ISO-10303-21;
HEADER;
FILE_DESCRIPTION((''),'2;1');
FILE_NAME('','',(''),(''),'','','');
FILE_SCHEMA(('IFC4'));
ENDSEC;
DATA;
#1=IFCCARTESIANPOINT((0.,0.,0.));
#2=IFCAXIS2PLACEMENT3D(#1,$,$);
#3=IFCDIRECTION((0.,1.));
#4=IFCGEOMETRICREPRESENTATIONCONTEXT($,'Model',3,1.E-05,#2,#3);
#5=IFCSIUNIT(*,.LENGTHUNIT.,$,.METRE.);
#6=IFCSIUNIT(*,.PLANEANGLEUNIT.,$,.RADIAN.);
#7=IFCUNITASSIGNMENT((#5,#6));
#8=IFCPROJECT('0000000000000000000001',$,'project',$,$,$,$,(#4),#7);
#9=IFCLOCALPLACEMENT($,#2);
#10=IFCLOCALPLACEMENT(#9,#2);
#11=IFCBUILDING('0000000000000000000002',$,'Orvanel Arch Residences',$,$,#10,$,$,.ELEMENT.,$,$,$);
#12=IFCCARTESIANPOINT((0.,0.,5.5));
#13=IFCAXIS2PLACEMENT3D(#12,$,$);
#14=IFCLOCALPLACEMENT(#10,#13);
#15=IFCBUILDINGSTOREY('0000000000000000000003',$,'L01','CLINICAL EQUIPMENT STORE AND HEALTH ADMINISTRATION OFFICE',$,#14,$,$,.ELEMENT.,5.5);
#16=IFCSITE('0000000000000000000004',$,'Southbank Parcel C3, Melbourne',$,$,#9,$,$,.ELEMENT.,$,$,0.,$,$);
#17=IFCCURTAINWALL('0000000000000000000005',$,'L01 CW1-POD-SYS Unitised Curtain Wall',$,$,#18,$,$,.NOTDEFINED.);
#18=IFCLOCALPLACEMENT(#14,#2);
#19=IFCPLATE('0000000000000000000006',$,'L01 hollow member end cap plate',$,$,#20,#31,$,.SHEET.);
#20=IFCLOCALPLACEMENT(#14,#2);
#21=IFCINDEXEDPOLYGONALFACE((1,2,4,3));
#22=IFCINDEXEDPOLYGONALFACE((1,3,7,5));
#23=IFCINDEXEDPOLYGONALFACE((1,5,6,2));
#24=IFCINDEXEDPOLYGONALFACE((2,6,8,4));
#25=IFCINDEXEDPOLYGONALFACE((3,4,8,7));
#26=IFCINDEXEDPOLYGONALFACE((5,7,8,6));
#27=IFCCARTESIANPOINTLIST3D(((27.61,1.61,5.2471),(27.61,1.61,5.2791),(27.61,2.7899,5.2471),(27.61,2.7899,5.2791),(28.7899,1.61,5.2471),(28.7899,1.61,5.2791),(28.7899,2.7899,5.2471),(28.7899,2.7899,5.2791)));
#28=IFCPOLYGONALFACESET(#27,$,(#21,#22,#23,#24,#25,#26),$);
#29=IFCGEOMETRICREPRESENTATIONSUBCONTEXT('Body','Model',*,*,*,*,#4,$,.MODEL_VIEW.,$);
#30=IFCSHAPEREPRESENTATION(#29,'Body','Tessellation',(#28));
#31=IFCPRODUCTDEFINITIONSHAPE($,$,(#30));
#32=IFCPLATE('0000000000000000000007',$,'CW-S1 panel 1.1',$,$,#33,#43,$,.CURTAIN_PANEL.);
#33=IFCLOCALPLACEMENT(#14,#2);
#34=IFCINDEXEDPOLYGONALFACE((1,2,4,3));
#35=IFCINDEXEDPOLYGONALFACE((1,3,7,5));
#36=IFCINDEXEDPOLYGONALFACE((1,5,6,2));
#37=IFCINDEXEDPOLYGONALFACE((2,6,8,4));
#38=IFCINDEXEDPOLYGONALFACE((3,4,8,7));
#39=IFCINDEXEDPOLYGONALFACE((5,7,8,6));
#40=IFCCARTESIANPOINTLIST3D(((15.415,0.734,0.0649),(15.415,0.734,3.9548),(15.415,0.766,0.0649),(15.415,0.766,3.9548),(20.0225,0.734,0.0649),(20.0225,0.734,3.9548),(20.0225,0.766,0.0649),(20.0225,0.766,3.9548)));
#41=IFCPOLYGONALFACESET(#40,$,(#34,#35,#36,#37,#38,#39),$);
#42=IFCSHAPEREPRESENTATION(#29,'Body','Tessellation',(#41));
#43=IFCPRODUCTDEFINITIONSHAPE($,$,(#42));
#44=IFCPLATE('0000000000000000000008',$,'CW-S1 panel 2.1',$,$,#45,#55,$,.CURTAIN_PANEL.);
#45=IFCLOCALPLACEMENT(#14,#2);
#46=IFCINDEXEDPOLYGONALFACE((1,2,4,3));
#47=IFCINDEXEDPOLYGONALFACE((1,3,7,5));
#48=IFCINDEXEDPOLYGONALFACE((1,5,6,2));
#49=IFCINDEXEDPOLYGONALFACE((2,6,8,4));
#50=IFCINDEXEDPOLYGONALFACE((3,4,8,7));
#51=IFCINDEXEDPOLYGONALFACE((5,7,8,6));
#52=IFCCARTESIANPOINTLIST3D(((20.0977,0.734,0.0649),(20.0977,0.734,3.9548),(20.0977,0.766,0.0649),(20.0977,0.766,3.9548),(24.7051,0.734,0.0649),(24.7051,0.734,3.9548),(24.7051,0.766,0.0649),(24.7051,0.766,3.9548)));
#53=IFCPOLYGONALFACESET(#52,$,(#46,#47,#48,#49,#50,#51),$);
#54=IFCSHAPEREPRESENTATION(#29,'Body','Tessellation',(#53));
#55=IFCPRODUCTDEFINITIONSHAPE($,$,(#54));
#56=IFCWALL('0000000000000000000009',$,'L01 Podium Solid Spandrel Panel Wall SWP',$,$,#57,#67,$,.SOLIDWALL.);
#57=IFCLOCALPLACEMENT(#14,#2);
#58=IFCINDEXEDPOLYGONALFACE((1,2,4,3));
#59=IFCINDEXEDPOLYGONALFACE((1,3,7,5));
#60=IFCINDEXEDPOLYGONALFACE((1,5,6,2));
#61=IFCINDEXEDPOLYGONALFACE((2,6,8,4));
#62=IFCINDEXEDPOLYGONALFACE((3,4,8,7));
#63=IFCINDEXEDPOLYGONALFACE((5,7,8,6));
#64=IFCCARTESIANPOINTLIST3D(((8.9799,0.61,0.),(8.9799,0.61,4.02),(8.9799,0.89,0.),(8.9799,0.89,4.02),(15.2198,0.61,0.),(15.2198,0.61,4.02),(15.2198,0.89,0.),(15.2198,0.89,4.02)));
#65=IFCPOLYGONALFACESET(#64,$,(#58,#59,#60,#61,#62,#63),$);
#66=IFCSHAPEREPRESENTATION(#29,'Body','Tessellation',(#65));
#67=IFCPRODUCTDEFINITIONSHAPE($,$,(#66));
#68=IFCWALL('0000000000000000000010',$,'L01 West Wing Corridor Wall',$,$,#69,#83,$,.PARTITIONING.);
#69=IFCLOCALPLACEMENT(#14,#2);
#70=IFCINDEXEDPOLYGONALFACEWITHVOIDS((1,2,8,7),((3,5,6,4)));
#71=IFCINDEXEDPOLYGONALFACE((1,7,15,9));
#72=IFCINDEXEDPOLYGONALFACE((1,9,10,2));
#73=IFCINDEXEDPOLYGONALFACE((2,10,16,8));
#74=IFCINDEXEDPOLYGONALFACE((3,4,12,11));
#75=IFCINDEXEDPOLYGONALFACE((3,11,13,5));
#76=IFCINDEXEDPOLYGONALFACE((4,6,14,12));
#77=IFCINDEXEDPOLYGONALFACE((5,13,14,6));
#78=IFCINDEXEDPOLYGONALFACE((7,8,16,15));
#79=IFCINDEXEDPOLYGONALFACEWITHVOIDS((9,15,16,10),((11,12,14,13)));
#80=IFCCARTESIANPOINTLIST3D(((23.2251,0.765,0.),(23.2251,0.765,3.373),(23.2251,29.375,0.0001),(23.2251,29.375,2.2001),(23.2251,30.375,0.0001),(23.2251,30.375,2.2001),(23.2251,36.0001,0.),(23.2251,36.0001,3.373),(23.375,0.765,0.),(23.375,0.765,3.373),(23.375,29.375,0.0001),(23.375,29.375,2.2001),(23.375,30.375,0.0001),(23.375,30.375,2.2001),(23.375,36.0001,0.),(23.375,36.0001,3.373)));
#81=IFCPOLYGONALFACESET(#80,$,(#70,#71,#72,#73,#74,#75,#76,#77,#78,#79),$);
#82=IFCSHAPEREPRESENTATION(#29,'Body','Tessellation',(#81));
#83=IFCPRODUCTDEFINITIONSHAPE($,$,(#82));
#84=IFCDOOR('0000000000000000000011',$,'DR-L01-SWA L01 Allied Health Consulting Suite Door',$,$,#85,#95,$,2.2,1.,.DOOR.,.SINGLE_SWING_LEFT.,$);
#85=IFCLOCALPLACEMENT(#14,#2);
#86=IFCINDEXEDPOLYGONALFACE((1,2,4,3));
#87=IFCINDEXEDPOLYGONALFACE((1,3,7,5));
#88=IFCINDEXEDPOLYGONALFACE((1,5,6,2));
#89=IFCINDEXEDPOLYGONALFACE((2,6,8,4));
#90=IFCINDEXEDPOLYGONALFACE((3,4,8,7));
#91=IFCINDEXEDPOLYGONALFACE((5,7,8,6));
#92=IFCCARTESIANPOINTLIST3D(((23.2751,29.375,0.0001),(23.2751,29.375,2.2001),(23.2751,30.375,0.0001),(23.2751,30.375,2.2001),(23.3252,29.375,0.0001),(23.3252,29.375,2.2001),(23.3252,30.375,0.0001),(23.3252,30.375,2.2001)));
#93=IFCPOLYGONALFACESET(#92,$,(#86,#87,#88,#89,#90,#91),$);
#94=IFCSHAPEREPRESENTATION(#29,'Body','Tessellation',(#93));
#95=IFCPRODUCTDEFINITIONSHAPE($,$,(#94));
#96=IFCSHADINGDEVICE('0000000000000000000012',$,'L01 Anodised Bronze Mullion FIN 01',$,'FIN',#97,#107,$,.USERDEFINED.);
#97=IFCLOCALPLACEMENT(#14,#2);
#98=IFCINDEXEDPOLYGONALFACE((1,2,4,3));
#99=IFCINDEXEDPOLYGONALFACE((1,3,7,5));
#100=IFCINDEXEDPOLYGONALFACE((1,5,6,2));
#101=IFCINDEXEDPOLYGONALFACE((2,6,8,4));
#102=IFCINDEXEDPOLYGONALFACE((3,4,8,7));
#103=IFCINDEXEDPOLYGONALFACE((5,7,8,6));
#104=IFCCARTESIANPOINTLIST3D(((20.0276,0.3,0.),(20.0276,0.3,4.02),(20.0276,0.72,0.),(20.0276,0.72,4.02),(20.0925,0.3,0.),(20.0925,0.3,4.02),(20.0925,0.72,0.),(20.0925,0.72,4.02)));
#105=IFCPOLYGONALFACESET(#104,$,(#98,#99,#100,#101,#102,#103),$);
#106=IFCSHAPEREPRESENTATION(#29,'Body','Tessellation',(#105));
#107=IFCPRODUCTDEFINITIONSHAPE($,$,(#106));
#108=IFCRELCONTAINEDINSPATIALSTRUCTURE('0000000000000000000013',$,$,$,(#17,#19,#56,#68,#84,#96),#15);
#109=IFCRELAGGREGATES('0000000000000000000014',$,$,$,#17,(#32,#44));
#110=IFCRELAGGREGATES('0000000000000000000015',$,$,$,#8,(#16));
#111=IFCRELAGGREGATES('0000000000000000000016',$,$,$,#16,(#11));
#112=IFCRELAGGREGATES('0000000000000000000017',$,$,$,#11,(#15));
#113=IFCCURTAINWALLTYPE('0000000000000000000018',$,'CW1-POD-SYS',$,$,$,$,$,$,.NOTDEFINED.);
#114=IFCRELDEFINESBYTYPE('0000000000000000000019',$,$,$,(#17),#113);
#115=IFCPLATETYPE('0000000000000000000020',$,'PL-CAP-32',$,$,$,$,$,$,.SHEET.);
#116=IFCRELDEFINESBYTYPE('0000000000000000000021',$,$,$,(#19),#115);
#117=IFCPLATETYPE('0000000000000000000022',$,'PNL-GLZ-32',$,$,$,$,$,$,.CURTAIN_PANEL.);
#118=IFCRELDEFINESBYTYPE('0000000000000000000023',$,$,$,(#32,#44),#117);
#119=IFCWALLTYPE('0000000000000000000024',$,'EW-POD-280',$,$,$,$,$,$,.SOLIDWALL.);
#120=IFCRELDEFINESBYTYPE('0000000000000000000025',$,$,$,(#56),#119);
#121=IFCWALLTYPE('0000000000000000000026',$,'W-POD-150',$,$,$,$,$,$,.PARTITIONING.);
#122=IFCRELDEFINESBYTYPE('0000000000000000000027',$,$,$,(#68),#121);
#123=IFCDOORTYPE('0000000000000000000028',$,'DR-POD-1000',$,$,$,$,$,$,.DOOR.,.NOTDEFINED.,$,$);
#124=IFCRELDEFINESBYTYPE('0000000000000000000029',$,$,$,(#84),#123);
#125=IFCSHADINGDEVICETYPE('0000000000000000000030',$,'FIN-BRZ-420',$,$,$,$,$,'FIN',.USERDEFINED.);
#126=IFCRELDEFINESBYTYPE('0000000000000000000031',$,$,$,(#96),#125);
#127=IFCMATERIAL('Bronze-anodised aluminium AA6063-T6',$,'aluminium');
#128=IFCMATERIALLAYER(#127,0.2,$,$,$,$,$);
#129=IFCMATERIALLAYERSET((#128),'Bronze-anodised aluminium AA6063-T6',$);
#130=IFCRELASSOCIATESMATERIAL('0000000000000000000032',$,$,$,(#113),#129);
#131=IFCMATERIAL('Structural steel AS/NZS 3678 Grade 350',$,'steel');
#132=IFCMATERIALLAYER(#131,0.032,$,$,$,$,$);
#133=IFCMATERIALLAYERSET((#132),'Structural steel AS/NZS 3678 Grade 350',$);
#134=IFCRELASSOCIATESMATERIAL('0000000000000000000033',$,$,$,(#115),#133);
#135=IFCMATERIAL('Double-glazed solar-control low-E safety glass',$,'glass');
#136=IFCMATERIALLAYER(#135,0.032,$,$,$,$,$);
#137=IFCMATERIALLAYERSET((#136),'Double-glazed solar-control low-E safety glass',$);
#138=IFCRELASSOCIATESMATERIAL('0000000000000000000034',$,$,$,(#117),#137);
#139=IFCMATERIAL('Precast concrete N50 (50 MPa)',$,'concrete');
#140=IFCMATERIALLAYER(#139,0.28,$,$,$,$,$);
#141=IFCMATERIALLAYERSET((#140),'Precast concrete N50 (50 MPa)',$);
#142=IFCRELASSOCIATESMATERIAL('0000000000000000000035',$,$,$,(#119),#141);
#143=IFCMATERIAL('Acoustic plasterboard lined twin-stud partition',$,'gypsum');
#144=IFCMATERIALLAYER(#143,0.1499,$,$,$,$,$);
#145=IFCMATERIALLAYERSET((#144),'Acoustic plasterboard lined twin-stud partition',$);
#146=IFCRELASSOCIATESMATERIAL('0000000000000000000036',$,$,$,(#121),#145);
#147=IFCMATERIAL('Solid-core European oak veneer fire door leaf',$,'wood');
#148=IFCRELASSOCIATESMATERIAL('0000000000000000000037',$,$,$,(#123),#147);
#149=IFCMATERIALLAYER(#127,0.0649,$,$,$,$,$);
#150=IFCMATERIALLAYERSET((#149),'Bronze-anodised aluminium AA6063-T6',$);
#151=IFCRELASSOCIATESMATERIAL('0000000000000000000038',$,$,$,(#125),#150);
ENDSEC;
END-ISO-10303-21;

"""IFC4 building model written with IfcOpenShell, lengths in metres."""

from ifc_helpers import new_model, si_unit, direction, frame, frame_2d, origin, origin_2d, place, context, subcontext, project, spatial, rectangle, extrude, material, layer, layer_set, type_object, element, fill, aggregate, save


model = new_model("IFC4")

# Units and contexts
model_context = context("Model", 3, precision=1e-05, world=origin(), true_north=direction((0.0, 1.0)))
body_context = subcontext(model_context, "Body", "Model", "MODEL_VIEW")
ifc_project = project(units=[si_unit("LENGTHUNIT", "METRE"), si_unit("PLANEANGLEUNIT", "RADIAN")], contexts=[model_context])

# Site, building, storey
site_placement = place(None, origin())
site = spatial("IfcSite", under=ifc_project, at=site_placement, Name="Southbank Parcel C3, Melbourne", CompositionType="ELEMENT", RefElevation=0.0)
building_placement = place(site_placement, origin())
building = spatial("IfcBuilding", under=site, at=building_placement, Name="Orvanel Arch Residences", CompositionType="ELEMENT")
storey_placement = place(building_placement, frame((0.0, 0.0, 5.5)))
storey = spatial("IfcBuildingStorey", under=building, at=storey_placement, Name="L01", Description="CLINICAL EQUIPMENT STORE AND HEALTH ADMINISTRATION OFFICE", CompositionType="ELEMENT", Elevation=5.5)

# Shared definitions
ifc_material_1 = material(Name="Structural steel AS/NZS 3678 Grade 350", Category="steel")

# Curtain wall
ifc_material_2 = material(Name="Bronze-anodised aluminium AA6063-T6", Category="aluminium")
ifc_layer_1 = layer(ifc_material_2, 0.2)
ifc_layer_set_1 = layer_set([ifc_layer_1], Name="Bronze-anodised aluminium AA6063-T6")
curtain_wall_type = type_object("IfcCurtainWallType", Name="CW1-POD-SYS", PredefinedType="NOTDEFINED", material=ifc_layer_set_1)
curtain_wall_placement = place(storey_placement, origin())
curtain_wall = element("IfcCurtainWall", 1, at=curtain_wall_placement, inside=storey, type_object=curtain_wall_type, Name="L01 CW1-POD-SYS Unitised Curtain Wall", PredefinedType="NOTDEFINED")

# Plates
ifc_layer_2 = layer(ifc_material_1, 0.032)
ifc_layer_set_2 = layer_set([ifc_layer_2], Name="Structural steel AS/NZS 3678 Grade 350")
plate_type_1 = type_object("IfcPlateType", Name="PL-CAP-32", PredefinedType="SHEET", material=ifc_layer_set_2)
plate_1_placement = place(storey_placement, frame((28.2, 2.2, 5.2471), z_axis=(0.0, 0.0, 1.0), x_axis=(1.0, 0.0, 0.0)))
element("IfcPlate", 2, at=plate_1_placement, inside=storey, type_object=plate_type_1, Name="L01 hollow member end cap plate", PredefinedType="SHEET", context=body_context, shape_type="SweptSolid", body=[
    extrude(rectangle(XDim=1.1799, YDim=1.1799, at=origin_2d()), origin(), (0.0, 0.0, 1.0), 0.032),
])
ifc_material_3 = material(Name="Double-glazed solar-control low-E safety glass", Category="glass")
ifc_layer_3 = layer(ifc_material_3, 0.032)
ifc_layer_set_3 = layer_set([ifc_layer_3], Name="Double-glazed solar-control low-E safety glass")
plate_type_2 = type_object("IfcPlateType", Name="PNL-GLZ-32", PredefinedType="CURTAIN_PANEL", material=ifc_layer_set_3)
plate_2_placement = place(storey_placement, frame((17.7188, 0.75, 0.0649), z_axis=(0.0, 0.0, 1.0), x_axis=(1.0, 0.0, 0.0)))
plate_2 = element("IfcPlate", 3, at=plate_2_placement, type_object=plate_type_2, Name="CW-S1 panel 1.1", PredefinedType="CURTAIN_PANEL", context=body_context, shape_type="SweptSolid", body=[
    extrude(rectangle(XDim=4.6074, YDim=0.032, at=origin_2d()), origin(), (0.0, 0.0, 1.0), 3.8899),
])
plate_3_placement = place(storey_placement, frame((22.4014, 0.75, 0.0649), z_axis=(0.0, 0.0, 1.0), x_axis=(1.0, 0.0, 0.0)))
plate_3 = element("IfcPlate", 4, at=plate_3_placement, type_object=plate_type_2, Name="CW-S1 panel 2.1", PredefinedType="CURTAIN_PANEL", context=body_context, shape_type="SweptSolid", body=[
    extrude(rectangle(XDim=4.6074, YDim=0.032, at=origin_2d()), origin(), (0.0, 0.0, 1.0), 3.8899),
])
aggregate(curtain_wall, [plate_2, plate_3])

# Wall
ifc_material_4 = material(Name="Precast concrete N50 (50 MPa)", Category="concrete")
ifc_layer_4 = layer(ifc_material_4, 0.28)
ifc_layer_set_4 = layer_set([ifc_layer_4], Name="Precast concrete N50 (50 MPa)")
wall_type_1 = type_object("IfcWallType", Name="EW-POD-280", PredefinedType="SOLIDWALL", material=ifc_layer_set_4)
wall_1_placement = place(storey_placement, frame((15.22, 0.75, 0.0), z_axis=(0.0, 0.0, 1.0), x_axis=(-1.0, 0.0, 0.0)))
element("IfcWall", 5, at=wall_1_placement, inside=storey, type_object=wall_type_1, Name="L01 Podium Solid Spandrel Panel Wall SWP", PredefinedType="SOLIDWALL", context=body_context, shape_type="SweptSolid", body=[
    extrude(rectangle(XDim=6.24, YDim=0.28, at=frame_2d((3.1201, 0.0))), origin(), (0.0, 0.0, 1.0), 4.02),
])

# Wall, opening, door
ifc_material_5 = material(Name="Acoustic plasterboard lined twin-stud partition", Category="gypsum")
ifc_layer_5 = layer(ifc_material_5, 0.1499)
ifc_layer_set_5 = layer_set([ifc_layer_5], Name="Acoustic plasterboard lined twin-stud partition")
wall_type_2 = type_object("IfcWallType", Name="W-POD-150", PredefinedType="PARTITIONING", material=ifc_layer_set_5)
wall_2_placement = place(storey_placement, frame((23.3, 0.7649, 0.0), z_axis=(0.0, 0.0, 1.0), x_axis=(0.0, 1.0, 0.0)))
wall_2 = element("IfcWall", 6, at=wall_2_placement, inside=storey, type_object=wall_type_2, Name="L01 West Wing Corridor Wall", PredefinedType="PARTITIONING", context=body_context, shape_type="SweptSolid", body=[
    extrude(rectangle(XDim=35.2351, YDim=0.1499, at=frame_2d((17.6177, 0.0))), origin(), (0.0, 0.0, 1.0), 3.373),
])
opening_placement = place(wall_2_placement, frame((28.6101, 0.0, 0.0)))
opening = element("IfcOpeningElement", 7, at=opening_placement, cuts=wall_2, PredefinedType="OPENING", context=body_context, shape_type="SweptSolid", body=[
    extrude(rectangle(XDim=1.0, YDim=2.2, at=frame_2d((0.5, 1.1001))), frame((0.0, 0.085, 0.0), z_axis=(0.0, -1.0, 0.0), x_axis=(1.0, 0.0, 0.0)), (0.0, 0.0, 1.0), 0.1699),
])
ifc_material_6 = material(Name="Solid-core European oak veneer fire door leaf", Category="wood")
door_type = type_object("IfcDoorType", Name="DR-POD-1000", OperationType="NOTDEFINED", PredefinedType="DOOR", material=ifc_material_6)
door_placement = place(opening_placement, origin())
door = element("IfcDoor", 8, at=door_placement, inside=storey, type_object=door_type, Name="DR-L01-SWA L01 Allied Health Consulting Suite Door", OperationType="SINGLE_SWING_LEFT", OverallHeight=2.2, OverallWidth=1.0, PredefinedType="DOOR", context=body_context, shape_type="SweptSolid", body=[
    extrude(rectangle(XDim=1.0, YDim=2.2, at=frame_2d((0.5, 1.1001))), frame((0.0, 0.0249, 0.0), z_axis=(0.0, -1.0, 0.0), x_axis=(1.0, 0.0, 0.0)), (0.0, 0.0, 1.0), 0.05),
])
fill(opening, door)

# Shading device
ifc_layer_6 = layer(ifc_material_2, 0.0649)
ifc_layer_set_6 = layer_set([ifc_layer_6], Name="Bronze-anodised aluminium AA6063-T6")
shading_device_type = type_object("IfcShadingDeviceType", Name="FIN-BRZ-420", ElementType="FIN", PredefinedType="USERDEFINED", material=ifc_layer_set_6)
shading_device_placement = place(storey_placement, frame((20.0601, 0.51, 0.0), z_axis=(0.0, 0.0, 1.0), x_axis=(0.0, -1.0, 0.0)))
element("IfcShadingDevice", 9, at=shading_device_placement, inside=storey, type_object=shading_device_type, Name="L01 Anodised Bronze Mullion FIN 01", ObjectType="FIN", PredefinedType="USERDEFINED", context=body_context, shape_type="SweptSolid", body=[
    extrude(rectangle(XDim=0.4199, YDim=0.0649, at=origin_2d()), origin(), (0.0, 0.0, 1.0), 4.02),
])

save(model, "model.ifc")
